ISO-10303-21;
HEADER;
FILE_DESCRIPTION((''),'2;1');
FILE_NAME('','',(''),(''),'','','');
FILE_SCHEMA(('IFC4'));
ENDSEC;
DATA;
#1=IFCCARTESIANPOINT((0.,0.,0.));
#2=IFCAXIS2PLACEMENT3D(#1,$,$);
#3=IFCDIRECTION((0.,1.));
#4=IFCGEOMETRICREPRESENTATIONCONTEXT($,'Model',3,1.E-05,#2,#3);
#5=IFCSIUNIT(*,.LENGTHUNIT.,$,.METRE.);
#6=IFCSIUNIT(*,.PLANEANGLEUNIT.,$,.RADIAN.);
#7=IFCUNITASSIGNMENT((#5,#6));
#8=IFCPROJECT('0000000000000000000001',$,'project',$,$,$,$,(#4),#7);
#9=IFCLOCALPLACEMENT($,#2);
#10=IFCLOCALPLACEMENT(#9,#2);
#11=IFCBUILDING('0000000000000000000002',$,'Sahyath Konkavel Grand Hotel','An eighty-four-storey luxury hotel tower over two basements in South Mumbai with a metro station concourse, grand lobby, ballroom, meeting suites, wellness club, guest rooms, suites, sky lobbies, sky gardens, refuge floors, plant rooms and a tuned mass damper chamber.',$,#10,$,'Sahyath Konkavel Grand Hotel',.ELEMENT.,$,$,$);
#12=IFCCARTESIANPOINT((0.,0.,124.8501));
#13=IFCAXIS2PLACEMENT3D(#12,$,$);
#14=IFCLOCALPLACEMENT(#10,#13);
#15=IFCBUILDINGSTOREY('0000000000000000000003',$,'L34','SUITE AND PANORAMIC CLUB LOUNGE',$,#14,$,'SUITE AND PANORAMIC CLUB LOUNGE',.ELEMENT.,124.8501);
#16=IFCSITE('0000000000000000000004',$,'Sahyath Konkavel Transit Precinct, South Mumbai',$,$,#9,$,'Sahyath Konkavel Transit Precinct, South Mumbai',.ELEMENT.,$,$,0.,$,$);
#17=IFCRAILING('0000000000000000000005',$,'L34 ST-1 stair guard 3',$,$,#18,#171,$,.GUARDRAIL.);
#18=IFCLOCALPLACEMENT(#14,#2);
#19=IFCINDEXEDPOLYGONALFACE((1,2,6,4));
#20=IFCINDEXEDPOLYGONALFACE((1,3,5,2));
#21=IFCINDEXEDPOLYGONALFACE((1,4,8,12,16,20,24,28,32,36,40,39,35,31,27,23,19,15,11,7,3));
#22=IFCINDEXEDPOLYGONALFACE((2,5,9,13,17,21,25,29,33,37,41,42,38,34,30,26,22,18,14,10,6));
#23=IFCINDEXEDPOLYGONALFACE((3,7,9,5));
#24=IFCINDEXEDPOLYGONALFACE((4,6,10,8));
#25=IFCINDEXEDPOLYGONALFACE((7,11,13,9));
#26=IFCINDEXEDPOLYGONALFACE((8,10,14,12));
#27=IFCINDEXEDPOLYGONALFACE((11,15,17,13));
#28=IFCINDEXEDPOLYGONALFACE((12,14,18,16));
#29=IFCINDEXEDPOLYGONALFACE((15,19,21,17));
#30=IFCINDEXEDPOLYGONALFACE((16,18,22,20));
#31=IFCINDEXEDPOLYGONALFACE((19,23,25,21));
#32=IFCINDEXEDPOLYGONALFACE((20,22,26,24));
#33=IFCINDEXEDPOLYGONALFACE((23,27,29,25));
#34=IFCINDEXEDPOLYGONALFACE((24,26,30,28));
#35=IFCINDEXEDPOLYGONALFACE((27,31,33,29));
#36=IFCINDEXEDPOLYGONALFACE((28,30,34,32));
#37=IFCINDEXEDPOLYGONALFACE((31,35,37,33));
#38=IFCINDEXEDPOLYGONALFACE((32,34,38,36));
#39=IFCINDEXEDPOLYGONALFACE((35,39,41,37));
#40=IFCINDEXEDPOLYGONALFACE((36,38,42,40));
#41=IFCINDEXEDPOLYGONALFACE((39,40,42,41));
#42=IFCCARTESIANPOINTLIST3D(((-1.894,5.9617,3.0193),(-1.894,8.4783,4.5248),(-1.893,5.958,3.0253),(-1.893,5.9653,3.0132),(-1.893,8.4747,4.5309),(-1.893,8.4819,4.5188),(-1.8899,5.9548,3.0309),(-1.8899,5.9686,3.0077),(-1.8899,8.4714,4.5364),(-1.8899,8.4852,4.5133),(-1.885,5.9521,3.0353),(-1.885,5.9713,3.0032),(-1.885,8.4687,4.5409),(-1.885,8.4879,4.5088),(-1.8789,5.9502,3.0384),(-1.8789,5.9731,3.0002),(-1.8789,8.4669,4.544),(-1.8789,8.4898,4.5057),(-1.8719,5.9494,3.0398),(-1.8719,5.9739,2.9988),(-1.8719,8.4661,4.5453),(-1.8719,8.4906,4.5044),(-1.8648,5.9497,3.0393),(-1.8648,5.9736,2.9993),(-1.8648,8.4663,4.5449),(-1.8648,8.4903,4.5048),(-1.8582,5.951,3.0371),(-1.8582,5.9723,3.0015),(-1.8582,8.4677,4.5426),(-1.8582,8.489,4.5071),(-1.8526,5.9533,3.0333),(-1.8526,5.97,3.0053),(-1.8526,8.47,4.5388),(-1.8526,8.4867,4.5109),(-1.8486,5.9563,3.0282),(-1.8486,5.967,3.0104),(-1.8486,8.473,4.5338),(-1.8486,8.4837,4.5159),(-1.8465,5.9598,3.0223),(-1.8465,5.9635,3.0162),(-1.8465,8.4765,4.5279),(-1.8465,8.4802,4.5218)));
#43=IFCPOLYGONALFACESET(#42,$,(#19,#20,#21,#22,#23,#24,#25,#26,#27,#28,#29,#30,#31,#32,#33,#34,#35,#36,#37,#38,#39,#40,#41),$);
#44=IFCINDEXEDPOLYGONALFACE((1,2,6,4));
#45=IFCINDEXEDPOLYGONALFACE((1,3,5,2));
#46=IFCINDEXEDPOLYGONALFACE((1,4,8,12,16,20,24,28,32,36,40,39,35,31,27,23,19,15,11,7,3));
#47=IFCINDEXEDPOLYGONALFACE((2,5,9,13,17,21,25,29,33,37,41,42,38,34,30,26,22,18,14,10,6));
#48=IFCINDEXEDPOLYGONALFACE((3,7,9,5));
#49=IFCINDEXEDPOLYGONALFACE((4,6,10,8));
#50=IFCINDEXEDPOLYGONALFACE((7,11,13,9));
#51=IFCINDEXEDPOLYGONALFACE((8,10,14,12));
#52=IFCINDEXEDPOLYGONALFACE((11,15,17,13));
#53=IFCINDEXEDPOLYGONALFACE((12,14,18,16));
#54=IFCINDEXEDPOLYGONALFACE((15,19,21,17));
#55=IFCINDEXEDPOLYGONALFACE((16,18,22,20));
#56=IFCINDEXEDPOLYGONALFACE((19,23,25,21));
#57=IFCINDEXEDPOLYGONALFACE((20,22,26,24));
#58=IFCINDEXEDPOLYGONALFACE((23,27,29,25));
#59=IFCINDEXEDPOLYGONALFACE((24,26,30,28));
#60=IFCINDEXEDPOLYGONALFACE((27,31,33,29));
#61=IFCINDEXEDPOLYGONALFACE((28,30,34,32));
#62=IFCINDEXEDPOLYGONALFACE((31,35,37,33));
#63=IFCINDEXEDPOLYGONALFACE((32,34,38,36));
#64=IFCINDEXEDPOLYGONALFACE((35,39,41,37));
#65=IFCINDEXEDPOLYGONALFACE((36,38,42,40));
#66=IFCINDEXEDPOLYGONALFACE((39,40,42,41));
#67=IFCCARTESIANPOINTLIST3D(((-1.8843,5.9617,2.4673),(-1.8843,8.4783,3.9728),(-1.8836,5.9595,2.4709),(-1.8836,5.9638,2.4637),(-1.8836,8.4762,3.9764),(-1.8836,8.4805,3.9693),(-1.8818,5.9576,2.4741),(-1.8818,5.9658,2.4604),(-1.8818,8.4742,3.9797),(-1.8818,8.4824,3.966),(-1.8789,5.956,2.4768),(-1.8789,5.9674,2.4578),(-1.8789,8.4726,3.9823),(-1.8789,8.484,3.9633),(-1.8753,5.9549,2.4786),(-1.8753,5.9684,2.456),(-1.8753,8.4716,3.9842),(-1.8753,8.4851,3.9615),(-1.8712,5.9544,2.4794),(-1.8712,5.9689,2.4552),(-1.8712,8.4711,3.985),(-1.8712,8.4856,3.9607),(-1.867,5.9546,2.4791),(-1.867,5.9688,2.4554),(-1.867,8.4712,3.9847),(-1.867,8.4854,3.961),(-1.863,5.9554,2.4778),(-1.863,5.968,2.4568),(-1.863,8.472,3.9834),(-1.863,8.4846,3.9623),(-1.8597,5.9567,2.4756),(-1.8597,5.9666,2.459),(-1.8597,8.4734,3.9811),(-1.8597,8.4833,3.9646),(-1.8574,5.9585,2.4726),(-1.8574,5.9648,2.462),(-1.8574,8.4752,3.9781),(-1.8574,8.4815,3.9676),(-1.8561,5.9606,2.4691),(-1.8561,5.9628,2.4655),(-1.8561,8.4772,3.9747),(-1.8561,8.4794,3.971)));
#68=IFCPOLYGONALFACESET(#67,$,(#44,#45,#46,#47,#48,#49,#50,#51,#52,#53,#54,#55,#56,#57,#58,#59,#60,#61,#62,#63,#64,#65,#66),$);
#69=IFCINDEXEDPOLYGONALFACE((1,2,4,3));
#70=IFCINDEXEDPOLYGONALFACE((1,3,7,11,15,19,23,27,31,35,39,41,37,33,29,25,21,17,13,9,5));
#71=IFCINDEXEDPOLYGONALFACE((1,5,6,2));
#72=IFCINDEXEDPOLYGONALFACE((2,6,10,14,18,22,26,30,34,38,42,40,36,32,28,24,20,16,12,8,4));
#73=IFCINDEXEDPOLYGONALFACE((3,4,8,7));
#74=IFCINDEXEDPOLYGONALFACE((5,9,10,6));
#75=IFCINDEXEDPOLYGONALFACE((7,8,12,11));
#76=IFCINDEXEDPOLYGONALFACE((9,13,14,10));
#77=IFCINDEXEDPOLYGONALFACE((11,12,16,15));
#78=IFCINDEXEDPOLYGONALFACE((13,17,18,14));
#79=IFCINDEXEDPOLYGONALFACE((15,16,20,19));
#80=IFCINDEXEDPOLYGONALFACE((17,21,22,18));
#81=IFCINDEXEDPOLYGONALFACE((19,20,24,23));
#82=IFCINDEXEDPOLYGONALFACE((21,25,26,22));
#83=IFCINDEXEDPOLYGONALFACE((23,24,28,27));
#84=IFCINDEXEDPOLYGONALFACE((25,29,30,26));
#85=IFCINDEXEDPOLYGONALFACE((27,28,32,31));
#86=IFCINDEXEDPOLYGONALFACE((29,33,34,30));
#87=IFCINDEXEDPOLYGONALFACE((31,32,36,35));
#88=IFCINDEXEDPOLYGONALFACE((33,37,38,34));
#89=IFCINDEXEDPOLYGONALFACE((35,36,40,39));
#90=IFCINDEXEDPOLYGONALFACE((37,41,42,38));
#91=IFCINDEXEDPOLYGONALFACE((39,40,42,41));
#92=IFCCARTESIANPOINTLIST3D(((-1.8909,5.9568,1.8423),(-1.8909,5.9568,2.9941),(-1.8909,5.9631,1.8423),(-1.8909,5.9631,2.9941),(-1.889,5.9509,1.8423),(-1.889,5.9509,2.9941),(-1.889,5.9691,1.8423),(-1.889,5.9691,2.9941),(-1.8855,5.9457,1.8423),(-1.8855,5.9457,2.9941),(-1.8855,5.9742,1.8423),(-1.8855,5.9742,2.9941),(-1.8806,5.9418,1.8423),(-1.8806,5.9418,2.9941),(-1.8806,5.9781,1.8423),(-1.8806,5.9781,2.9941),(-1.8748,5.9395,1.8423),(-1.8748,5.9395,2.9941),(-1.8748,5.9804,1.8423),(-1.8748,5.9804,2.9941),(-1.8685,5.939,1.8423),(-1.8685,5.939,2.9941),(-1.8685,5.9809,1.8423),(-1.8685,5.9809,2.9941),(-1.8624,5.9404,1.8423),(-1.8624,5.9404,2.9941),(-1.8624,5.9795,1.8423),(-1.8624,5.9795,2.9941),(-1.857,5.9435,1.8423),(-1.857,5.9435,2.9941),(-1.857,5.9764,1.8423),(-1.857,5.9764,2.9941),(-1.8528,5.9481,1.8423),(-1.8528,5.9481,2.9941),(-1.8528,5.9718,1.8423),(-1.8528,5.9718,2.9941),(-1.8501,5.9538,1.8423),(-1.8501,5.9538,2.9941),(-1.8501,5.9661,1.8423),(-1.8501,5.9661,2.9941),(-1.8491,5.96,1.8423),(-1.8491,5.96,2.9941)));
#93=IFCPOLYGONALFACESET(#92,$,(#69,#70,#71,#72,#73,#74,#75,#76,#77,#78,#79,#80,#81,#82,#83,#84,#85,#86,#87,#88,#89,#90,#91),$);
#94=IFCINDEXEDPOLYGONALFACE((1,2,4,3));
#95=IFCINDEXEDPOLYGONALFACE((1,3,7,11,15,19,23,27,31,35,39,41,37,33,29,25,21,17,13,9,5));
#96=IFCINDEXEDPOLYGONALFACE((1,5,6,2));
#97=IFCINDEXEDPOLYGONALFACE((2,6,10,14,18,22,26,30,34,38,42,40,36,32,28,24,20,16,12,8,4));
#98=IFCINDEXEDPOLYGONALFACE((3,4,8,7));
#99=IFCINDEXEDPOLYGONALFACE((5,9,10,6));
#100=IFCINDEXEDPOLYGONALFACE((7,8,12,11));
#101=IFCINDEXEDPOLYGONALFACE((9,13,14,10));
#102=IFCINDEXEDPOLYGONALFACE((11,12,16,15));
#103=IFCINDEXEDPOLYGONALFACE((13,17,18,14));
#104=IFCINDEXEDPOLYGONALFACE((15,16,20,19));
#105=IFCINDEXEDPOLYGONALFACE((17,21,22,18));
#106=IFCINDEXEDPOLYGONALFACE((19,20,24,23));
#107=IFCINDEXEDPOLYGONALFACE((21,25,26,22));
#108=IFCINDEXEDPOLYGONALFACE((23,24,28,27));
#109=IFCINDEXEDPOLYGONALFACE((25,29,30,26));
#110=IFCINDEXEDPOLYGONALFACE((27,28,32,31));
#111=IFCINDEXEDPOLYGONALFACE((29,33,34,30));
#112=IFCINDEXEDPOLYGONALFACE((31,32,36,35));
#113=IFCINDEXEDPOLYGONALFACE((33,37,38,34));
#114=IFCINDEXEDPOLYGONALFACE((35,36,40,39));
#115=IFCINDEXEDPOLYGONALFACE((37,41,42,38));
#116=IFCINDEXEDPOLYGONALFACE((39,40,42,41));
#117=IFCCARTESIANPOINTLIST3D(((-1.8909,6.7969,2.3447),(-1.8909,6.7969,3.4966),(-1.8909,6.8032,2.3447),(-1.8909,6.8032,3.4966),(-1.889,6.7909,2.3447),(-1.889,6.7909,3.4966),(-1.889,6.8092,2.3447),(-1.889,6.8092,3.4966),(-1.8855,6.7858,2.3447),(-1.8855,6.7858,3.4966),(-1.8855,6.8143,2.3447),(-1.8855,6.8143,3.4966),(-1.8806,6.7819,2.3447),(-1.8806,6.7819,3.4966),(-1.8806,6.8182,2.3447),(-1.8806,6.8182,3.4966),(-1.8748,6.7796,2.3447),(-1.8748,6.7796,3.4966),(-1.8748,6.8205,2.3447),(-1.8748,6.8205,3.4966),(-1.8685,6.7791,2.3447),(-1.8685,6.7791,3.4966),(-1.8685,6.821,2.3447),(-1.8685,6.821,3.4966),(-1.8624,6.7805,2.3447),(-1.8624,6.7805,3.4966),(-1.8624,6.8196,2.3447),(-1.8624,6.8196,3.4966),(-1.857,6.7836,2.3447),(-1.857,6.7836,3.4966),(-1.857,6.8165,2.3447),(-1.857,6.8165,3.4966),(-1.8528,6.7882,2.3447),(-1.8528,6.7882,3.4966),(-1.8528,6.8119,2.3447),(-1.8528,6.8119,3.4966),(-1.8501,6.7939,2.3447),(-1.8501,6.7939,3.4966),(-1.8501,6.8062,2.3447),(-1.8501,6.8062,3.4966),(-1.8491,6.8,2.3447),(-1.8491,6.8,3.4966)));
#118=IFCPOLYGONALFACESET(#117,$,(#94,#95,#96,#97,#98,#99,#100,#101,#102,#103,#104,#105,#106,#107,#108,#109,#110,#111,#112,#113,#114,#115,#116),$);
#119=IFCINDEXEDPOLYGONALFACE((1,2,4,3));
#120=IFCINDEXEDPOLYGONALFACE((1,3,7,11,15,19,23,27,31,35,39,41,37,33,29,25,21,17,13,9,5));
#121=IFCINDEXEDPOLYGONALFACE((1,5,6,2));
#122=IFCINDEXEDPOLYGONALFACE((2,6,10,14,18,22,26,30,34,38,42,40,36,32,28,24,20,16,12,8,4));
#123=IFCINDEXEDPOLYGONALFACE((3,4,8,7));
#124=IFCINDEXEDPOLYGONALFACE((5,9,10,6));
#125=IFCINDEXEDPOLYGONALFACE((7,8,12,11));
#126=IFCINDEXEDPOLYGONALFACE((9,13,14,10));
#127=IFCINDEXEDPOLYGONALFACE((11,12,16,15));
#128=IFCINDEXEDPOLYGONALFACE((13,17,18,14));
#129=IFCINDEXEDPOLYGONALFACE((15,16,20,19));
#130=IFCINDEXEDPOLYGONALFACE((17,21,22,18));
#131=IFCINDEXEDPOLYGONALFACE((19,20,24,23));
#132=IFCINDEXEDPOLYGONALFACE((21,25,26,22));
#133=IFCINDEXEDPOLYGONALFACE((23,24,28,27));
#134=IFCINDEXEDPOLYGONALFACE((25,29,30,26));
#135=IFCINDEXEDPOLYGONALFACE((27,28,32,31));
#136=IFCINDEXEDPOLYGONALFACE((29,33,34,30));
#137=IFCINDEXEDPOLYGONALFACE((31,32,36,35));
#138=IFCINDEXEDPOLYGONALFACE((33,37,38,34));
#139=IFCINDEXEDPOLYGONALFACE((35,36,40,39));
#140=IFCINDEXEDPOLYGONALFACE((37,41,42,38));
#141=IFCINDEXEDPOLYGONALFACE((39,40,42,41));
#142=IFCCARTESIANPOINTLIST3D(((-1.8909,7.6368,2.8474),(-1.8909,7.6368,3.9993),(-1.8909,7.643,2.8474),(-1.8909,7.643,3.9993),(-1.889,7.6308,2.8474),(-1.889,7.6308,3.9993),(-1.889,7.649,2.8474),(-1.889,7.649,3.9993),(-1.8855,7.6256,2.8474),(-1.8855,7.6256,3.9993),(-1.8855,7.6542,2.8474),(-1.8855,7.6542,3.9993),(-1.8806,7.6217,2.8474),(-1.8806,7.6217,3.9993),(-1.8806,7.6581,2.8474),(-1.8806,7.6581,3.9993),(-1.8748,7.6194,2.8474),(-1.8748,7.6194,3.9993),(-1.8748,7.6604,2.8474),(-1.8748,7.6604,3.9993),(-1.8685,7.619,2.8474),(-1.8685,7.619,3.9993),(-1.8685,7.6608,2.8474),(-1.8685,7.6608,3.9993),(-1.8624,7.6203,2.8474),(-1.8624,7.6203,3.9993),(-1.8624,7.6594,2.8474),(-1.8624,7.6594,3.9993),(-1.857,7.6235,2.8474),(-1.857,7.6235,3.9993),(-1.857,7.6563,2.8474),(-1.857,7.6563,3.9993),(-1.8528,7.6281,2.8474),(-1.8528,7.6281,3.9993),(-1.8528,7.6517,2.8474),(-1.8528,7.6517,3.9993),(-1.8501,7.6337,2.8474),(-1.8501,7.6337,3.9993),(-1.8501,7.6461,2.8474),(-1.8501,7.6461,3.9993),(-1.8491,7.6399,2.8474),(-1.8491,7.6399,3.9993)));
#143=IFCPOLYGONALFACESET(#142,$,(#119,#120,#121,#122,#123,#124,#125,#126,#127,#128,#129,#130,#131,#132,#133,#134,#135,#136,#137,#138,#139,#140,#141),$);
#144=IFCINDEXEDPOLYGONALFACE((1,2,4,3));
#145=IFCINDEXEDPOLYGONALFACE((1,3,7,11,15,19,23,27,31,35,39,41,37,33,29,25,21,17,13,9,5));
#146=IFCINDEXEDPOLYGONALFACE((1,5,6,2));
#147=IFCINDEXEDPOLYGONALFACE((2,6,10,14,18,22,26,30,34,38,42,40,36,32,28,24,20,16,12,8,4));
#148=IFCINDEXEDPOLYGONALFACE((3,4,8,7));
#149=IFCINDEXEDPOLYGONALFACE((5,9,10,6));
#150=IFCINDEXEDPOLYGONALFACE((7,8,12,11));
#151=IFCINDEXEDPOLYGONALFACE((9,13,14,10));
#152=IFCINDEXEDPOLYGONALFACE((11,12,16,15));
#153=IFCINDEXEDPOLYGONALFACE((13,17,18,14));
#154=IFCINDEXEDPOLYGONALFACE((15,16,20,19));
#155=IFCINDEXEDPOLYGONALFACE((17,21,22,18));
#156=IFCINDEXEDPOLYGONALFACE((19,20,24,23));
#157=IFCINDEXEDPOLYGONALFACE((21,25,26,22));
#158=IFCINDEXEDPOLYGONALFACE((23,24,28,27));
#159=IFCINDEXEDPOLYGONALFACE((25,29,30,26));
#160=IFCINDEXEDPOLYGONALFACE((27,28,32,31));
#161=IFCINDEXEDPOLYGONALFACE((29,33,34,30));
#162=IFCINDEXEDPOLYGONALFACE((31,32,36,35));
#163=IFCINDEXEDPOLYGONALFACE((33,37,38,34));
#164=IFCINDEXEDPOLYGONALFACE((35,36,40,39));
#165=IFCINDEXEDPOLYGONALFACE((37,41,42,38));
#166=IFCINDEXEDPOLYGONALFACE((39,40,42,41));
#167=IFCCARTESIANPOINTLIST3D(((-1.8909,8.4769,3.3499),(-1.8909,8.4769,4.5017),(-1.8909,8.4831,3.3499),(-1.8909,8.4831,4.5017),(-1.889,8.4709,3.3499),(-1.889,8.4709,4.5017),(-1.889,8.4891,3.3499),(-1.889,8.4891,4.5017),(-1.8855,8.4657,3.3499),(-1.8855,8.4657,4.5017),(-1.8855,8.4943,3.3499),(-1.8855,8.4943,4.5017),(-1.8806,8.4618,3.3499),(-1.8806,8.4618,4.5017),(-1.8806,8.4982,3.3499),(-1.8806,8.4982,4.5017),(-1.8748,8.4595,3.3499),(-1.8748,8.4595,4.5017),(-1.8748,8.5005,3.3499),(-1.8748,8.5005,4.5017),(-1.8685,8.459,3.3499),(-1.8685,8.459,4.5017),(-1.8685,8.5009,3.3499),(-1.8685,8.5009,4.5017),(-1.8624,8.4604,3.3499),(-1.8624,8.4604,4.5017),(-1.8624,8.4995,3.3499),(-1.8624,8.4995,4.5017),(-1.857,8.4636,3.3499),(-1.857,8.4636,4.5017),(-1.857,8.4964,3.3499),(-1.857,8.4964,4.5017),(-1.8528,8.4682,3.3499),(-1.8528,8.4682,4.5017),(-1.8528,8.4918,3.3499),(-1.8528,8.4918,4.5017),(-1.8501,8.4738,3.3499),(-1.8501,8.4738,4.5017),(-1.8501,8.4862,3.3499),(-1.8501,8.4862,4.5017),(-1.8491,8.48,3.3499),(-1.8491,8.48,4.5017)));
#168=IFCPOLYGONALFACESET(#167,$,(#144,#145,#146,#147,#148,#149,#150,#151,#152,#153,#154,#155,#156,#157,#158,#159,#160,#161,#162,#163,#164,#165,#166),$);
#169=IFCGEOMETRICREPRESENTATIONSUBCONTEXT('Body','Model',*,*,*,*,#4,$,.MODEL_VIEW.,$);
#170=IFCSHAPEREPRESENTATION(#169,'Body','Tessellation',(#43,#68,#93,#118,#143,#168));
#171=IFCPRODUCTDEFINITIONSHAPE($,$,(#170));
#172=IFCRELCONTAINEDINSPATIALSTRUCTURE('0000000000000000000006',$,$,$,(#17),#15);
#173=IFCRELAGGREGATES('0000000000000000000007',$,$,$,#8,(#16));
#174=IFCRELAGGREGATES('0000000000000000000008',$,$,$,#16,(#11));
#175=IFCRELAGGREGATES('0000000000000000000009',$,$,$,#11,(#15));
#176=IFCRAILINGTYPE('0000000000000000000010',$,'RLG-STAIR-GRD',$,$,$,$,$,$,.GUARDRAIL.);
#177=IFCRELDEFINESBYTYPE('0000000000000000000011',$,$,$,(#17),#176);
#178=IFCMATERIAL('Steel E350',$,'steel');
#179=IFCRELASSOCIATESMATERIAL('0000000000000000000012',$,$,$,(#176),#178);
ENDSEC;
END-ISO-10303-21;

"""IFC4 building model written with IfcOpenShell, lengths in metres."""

from ifc_helpers import new_model, si_unit, direction, frame, origin, origin_2d, place, context, subcontext, project, spatial, circle, extrude, material, type_object, element, save


model = new_model("IFC4")

# Units and contexts
model_context = context("Model", 3, precision=1e-05, world=origin(), true_north=direction((0.0, 1.0)))
body_context = subcontext(model_context, "Body", "Model", "MODEL_VIEW")
ifc_project = project(units=[si_unit("LENGTHUNIT", "METRE"), si_unit("PLANEANGLEUNIT", "RADIAN")], contexts=[model_context])

# Site, building, storey
site_placement = place(None, origin())
site = spatial("IfcSite", under=ifc_project, at=site_placement, Name="Sahyath Konkavel Transit Precinct, South Mumbai", LongName="Sahyath Konkavel Transit Precinct, South Mumbai", CompositionType="ELEMENT", RefElevation=0.0)
building_placement = place(site_placement, origin())
building = spatial("IfcBuilding", under=site, at=building_placement, Name="Sahyath Konkavel Grand Hotel", Description="An eighty-four-storey luxury hotel tower over two basements in South Mumbai with a metro station concourse, grand lobby, ballroom, meeting suites, wellness club, guest rooms, suites, sky lobbies, sky gardens, refuge floors, plant rooms and a tuned mass damper chamber.", LongName="Sahyath Konkavel Grand Hotel", CompositionType="ELEMENT")
storey_placement = place(building_placement, frame((0.0, 0.0, 124.8501)))
storey = spatial("IfcBuildingStorey", under=building, at=storey_placement, Name="L34", Description="SUITE AND PANORAMIC CLUB LOUNGE", LongName="SUITE AND PANORAMIC CLUB LOUNGE", CompositionType="ELEMENT", Elevation=124.8501)

# Shared definitions
ifc_material_1 = material(Name="Steel E350", Category="steel")

# Railing
railing_type_1 = type_object("IfcRailingType", Name="RLG-STAIR-GRD", PredefinedType="GUARDRAIL", material=ifc_material_1)
railing_1_placement = place(storey_placement, frame((-1.8701, 5.96, 1.8423)))
element("IfcRailing", 1, at=railing_1_placement, inside=storey, type_object=railing_type_1, Name="L34 ST-1 stair guard 3", PredefinedType="GUARDRAIL", context=body_context, shape_type="SweptSolid", body=[
    extrude(circle(Radius=0.0239, at=origin_2d()), frame((0.0, 0.0017, 1.177), z_axis=(0.0, 0.85816, 0.513383), x_axis=(-1.0, 0.0, 0.0)), (0.0, 0.0, 1.0), 2.9326),
    extrude(circle(Radius=0.0142, at=origin_2d()), frame((0.0, 0.0017, 0.625), z_axis=(0.0, 0.85816, 0.513383), x_axis=(-1.0, 0.0, 0.0)), (0.0, 0.0, 1.0), 2.9326),
    extrude(circle(Radius=0.021, at=origin_2d()), origin(), (0.0, 0.0, 1.0), 1.1519),
    extrude(circle(Radius=0.021, at=origin_2d()), frame((0.0, 0.8401, 0.5024)), (0.0, 0.0, 1.0), 1.1519),
    extrude(circle(Radius=0.021, at=origin_2d()), frame((0.0, 1.6799, 1.0051)), (0.0, 0.0, 1.0), 1.1519),
    extrude(circle(Radius=0.021, at=origin_2d()), frame((0.0, 2.52, 1.5076)), (0.0, 0.0, 1.0), 1.1519),
])

save(model, "model.ifc")
